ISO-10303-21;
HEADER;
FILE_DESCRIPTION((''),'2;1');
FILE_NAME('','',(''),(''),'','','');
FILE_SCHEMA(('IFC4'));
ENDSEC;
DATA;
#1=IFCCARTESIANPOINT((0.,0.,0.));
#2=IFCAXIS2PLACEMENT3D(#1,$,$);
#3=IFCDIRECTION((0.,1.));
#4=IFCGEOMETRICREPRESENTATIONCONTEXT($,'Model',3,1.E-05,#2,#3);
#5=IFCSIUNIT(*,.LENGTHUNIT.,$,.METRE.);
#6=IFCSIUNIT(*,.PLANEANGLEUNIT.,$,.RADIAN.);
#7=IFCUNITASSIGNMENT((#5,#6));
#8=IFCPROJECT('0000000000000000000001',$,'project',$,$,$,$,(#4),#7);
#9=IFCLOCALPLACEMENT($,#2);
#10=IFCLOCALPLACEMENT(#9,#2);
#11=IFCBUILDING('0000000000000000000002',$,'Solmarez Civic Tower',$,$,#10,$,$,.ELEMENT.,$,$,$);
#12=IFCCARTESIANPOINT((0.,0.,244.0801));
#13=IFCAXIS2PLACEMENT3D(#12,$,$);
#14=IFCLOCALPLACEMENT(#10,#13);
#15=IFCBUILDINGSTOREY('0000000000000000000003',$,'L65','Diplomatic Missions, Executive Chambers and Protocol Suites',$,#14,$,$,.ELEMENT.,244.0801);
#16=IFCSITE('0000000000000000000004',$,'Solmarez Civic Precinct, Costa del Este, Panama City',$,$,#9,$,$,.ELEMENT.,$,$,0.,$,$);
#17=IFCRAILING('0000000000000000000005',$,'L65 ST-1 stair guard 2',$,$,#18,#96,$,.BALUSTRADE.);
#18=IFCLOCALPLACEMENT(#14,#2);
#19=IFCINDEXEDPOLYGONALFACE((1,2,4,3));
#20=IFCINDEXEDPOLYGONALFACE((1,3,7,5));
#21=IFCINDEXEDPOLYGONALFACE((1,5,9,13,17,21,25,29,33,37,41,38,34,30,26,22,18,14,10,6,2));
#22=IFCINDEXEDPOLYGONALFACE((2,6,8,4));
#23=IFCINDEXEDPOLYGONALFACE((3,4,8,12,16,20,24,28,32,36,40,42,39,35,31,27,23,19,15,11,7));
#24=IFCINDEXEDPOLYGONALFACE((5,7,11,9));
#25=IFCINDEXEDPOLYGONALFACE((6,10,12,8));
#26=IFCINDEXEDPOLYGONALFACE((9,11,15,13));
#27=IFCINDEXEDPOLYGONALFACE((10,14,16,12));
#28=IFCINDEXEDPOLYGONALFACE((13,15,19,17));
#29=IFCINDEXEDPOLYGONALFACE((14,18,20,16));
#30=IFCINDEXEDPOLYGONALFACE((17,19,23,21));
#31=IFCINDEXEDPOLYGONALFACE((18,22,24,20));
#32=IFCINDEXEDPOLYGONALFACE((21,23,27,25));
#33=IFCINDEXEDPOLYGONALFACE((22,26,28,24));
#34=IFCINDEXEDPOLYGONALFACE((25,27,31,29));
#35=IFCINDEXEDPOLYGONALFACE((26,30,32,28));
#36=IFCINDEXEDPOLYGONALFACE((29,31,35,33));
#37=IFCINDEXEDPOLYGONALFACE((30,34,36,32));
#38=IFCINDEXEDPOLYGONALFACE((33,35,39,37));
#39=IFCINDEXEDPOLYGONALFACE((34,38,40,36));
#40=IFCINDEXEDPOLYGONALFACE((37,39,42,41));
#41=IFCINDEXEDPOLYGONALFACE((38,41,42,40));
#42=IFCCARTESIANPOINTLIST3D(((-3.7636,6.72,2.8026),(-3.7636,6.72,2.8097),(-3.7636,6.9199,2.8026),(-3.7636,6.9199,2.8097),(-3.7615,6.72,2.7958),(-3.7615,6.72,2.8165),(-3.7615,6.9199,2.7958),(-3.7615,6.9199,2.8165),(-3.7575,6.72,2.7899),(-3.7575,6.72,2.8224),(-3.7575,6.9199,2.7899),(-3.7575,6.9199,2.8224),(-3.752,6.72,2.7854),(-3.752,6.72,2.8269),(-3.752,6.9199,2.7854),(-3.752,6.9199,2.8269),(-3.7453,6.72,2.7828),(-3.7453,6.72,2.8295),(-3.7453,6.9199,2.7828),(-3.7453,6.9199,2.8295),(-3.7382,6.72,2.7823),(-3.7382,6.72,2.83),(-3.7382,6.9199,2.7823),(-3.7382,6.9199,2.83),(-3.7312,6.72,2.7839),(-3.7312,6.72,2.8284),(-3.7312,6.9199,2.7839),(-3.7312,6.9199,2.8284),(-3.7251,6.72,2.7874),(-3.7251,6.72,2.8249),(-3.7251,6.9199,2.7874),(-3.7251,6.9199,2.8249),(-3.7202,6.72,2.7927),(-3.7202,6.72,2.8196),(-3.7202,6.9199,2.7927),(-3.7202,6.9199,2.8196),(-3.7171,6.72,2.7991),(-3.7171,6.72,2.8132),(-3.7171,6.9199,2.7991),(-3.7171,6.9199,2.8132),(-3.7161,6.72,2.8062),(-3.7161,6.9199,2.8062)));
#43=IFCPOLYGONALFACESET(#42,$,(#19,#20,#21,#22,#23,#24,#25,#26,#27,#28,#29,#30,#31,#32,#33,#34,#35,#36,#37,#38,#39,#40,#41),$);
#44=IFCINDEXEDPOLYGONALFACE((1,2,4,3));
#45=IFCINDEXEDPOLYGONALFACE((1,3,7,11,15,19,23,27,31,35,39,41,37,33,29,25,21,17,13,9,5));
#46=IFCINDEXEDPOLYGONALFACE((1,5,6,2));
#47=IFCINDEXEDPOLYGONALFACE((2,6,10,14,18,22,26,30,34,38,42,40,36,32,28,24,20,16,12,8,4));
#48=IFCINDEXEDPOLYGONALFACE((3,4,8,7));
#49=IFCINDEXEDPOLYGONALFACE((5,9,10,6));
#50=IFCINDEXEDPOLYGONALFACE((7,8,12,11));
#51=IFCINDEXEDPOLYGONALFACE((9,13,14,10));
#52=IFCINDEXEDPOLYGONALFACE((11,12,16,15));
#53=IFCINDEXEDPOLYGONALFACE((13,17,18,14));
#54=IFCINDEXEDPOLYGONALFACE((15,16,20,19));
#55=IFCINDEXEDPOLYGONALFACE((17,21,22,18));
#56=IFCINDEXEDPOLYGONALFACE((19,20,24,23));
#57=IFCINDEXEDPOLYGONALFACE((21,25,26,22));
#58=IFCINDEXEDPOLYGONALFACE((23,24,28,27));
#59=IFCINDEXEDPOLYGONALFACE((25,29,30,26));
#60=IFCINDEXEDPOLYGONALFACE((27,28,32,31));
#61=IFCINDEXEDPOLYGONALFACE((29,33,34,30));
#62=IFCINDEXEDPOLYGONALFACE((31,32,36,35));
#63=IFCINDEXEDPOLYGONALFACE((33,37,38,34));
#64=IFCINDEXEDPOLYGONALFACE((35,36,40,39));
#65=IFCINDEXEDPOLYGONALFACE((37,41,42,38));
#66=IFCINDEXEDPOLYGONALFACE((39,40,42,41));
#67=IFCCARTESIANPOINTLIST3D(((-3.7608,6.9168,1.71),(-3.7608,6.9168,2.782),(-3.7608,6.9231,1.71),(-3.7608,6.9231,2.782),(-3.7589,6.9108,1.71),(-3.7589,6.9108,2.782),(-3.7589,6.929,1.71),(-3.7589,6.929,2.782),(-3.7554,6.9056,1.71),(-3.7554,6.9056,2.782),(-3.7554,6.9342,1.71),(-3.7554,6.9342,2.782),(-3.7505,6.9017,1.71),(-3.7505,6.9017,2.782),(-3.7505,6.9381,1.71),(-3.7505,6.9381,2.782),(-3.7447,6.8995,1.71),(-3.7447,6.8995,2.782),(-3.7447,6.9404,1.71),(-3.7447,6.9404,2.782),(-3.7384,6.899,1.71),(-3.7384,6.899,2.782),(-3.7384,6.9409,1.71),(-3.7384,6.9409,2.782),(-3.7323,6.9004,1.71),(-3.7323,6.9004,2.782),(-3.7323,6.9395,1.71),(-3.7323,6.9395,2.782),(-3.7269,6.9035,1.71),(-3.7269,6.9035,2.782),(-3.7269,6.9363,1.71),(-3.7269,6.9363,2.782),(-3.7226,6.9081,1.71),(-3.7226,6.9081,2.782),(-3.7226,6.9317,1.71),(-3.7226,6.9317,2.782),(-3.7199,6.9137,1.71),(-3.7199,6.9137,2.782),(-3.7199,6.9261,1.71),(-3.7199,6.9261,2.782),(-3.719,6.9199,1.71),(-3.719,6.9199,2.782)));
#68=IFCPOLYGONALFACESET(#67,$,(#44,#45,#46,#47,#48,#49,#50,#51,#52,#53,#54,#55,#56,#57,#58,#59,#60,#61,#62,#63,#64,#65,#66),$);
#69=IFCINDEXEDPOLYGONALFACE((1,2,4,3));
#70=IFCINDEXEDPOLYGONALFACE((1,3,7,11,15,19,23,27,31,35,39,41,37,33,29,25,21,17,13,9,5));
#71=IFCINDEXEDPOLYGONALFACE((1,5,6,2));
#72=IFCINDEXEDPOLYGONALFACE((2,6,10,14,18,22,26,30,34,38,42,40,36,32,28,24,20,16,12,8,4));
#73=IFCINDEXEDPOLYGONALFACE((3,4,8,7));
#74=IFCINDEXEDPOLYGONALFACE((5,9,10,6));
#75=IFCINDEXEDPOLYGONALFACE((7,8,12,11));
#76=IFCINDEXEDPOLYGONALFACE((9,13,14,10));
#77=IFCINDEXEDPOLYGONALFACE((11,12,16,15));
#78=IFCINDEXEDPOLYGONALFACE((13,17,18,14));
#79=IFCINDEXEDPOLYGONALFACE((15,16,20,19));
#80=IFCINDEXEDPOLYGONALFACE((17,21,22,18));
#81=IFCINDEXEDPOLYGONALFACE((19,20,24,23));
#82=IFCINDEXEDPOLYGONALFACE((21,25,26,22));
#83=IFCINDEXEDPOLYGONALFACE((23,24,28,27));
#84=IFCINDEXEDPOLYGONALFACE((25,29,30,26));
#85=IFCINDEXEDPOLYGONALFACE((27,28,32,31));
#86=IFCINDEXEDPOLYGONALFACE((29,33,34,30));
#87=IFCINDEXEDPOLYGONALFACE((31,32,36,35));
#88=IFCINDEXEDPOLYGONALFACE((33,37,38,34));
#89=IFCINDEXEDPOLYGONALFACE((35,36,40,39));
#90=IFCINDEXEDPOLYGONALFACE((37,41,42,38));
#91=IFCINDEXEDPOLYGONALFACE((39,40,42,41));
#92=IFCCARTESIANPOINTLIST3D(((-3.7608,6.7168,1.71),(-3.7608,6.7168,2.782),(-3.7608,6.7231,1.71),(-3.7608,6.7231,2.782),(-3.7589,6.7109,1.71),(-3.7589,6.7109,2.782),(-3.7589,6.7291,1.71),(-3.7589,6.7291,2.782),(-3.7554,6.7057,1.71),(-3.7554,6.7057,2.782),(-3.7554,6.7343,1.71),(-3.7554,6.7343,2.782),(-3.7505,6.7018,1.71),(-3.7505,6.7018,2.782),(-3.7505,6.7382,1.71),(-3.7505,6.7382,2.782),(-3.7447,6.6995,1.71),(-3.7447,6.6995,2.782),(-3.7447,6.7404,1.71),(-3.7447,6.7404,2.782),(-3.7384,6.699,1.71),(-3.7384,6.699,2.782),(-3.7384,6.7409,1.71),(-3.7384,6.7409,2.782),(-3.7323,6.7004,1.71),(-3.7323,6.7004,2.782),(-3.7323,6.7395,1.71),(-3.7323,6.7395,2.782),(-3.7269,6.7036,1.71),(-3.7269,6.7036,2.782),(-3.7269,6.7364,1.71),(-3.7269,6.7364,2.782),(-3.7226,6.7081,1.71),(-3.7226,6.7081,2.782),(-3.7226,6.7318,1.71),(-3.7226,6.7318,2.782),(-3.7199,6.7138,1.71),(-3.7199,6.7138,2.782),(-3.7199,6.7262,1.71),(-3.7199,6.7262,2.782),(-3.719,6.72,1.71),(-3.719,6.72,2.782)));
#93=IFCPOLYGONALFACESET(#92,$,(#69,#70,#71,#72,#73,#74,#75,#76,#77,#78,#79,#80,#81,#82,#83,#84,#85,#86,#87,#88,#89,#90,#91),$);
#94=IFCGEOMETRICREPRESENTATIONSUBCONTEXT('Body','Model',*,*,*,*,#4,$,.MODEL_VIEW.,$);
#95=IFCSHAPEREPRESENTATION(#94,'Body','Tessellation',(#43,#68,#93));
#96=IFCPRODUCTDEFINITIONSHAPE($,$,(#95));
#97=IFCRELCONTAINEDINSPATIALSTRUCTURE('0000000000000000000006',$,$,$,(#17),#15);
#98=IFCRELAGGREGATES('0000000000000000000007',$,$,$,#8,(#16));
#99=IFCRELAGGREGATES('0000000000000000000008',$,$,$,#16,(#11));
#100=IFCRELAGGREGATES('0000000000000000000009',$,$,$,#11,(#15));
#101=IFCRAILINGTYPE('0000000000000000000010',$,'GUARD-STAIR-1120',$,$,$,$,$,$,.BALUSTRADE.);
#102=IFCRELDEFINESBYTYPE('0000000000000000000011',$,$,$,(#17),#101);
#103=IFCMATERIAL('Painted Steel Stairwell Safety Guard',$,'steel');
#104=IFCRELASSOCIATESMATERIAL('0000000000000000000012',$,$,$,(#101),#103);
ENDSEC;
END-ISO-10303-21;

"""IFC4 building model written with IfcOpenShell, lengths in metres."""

from ifc_helpers import new_model, si_unit, direction, frame, origin, origin_2d, place, context, subcontext, project, spatial, circle, extrude, material, type_object, element, save


model = new_model("IFC4")

# Units and contexts
model_context = context("Model", 3, precision=1e-05, world=origin(), true_north=direction((0.0, 1.0)))
body_context = subcontext(model_context, "Body", "Model", "MODEL_VIEW")
ifc_project = project(units=[si_unit("LENGTHUNIT", "METRE"), si_unit("PLANEANGLEUNIT", "RADIAN")], contexts=[model_context])

# Site, building, storey
site_placement = place(None, origin())
site = spatial("IfcSite", under=ifc_project, at=site_placement, Name="Solmarez Civic Precinct, Costa del Este, Panama City", CompositionType="ELEMENT", RefElevation=0.0)
building_placement = place(site_placement, origin())
building = spatial("IfcBuilding", under=site, at=building_placement, Name="Solmarez Civic Tower", CompositionType="ELEMENT")
storey_placement = place(building_placement, frame((0.0, 0.0, 244.0801)))
storey = spatial("IfcBuildingStorey", under=building, at=storey_placement, Name="L65", Description="Diplomatic Missions, Executive Chambers and Protocol Suites", CompositionType="ELEMENT", Elevation=244.0801)

# Railing
ifc_material_1 = material(Name="Painted Steel Stairwell Safety Guard", Category="steel")
railing_type_1 = type_object("IfcRailingType", Name="GUARD-STAIR-1120", PredefinedType="BALUSTRADE", material=ifc_material_1)
railing_1_placement = place(storey_placement, frame((-3.74, 6.9199, 1.71)))
element("IfcRailing", 1, at=railing_1_placement, inside=storey, type_object=railing_type_1, Name="L65 ST-1 stair guard 2", PredefinedType="BALUSTRADE", context=body_context, shape_type="SweptSolid", body=[
    extrude(circle(Radius=0.0239, at=origin_2d()), frame((0.0, 0.0, 1.0962), z_axis=(0.0, -1.0, 0.0), x_axis=(1.0, 0.0, 0.0)), (0.0, 0.0, 1.0), 0.2),
    extrude(circle(Radius=0.021, at=origin_2d()), origin(), (0.0, 0.0, 1.0), 1.072),
    extrude(circle(Radius=0.021, at=origin_2d()), frame((0.0, -0.2, 0.0)), (0.0, 0.0, 1.0), 1.072),
])

save(model, "model.ifc")
